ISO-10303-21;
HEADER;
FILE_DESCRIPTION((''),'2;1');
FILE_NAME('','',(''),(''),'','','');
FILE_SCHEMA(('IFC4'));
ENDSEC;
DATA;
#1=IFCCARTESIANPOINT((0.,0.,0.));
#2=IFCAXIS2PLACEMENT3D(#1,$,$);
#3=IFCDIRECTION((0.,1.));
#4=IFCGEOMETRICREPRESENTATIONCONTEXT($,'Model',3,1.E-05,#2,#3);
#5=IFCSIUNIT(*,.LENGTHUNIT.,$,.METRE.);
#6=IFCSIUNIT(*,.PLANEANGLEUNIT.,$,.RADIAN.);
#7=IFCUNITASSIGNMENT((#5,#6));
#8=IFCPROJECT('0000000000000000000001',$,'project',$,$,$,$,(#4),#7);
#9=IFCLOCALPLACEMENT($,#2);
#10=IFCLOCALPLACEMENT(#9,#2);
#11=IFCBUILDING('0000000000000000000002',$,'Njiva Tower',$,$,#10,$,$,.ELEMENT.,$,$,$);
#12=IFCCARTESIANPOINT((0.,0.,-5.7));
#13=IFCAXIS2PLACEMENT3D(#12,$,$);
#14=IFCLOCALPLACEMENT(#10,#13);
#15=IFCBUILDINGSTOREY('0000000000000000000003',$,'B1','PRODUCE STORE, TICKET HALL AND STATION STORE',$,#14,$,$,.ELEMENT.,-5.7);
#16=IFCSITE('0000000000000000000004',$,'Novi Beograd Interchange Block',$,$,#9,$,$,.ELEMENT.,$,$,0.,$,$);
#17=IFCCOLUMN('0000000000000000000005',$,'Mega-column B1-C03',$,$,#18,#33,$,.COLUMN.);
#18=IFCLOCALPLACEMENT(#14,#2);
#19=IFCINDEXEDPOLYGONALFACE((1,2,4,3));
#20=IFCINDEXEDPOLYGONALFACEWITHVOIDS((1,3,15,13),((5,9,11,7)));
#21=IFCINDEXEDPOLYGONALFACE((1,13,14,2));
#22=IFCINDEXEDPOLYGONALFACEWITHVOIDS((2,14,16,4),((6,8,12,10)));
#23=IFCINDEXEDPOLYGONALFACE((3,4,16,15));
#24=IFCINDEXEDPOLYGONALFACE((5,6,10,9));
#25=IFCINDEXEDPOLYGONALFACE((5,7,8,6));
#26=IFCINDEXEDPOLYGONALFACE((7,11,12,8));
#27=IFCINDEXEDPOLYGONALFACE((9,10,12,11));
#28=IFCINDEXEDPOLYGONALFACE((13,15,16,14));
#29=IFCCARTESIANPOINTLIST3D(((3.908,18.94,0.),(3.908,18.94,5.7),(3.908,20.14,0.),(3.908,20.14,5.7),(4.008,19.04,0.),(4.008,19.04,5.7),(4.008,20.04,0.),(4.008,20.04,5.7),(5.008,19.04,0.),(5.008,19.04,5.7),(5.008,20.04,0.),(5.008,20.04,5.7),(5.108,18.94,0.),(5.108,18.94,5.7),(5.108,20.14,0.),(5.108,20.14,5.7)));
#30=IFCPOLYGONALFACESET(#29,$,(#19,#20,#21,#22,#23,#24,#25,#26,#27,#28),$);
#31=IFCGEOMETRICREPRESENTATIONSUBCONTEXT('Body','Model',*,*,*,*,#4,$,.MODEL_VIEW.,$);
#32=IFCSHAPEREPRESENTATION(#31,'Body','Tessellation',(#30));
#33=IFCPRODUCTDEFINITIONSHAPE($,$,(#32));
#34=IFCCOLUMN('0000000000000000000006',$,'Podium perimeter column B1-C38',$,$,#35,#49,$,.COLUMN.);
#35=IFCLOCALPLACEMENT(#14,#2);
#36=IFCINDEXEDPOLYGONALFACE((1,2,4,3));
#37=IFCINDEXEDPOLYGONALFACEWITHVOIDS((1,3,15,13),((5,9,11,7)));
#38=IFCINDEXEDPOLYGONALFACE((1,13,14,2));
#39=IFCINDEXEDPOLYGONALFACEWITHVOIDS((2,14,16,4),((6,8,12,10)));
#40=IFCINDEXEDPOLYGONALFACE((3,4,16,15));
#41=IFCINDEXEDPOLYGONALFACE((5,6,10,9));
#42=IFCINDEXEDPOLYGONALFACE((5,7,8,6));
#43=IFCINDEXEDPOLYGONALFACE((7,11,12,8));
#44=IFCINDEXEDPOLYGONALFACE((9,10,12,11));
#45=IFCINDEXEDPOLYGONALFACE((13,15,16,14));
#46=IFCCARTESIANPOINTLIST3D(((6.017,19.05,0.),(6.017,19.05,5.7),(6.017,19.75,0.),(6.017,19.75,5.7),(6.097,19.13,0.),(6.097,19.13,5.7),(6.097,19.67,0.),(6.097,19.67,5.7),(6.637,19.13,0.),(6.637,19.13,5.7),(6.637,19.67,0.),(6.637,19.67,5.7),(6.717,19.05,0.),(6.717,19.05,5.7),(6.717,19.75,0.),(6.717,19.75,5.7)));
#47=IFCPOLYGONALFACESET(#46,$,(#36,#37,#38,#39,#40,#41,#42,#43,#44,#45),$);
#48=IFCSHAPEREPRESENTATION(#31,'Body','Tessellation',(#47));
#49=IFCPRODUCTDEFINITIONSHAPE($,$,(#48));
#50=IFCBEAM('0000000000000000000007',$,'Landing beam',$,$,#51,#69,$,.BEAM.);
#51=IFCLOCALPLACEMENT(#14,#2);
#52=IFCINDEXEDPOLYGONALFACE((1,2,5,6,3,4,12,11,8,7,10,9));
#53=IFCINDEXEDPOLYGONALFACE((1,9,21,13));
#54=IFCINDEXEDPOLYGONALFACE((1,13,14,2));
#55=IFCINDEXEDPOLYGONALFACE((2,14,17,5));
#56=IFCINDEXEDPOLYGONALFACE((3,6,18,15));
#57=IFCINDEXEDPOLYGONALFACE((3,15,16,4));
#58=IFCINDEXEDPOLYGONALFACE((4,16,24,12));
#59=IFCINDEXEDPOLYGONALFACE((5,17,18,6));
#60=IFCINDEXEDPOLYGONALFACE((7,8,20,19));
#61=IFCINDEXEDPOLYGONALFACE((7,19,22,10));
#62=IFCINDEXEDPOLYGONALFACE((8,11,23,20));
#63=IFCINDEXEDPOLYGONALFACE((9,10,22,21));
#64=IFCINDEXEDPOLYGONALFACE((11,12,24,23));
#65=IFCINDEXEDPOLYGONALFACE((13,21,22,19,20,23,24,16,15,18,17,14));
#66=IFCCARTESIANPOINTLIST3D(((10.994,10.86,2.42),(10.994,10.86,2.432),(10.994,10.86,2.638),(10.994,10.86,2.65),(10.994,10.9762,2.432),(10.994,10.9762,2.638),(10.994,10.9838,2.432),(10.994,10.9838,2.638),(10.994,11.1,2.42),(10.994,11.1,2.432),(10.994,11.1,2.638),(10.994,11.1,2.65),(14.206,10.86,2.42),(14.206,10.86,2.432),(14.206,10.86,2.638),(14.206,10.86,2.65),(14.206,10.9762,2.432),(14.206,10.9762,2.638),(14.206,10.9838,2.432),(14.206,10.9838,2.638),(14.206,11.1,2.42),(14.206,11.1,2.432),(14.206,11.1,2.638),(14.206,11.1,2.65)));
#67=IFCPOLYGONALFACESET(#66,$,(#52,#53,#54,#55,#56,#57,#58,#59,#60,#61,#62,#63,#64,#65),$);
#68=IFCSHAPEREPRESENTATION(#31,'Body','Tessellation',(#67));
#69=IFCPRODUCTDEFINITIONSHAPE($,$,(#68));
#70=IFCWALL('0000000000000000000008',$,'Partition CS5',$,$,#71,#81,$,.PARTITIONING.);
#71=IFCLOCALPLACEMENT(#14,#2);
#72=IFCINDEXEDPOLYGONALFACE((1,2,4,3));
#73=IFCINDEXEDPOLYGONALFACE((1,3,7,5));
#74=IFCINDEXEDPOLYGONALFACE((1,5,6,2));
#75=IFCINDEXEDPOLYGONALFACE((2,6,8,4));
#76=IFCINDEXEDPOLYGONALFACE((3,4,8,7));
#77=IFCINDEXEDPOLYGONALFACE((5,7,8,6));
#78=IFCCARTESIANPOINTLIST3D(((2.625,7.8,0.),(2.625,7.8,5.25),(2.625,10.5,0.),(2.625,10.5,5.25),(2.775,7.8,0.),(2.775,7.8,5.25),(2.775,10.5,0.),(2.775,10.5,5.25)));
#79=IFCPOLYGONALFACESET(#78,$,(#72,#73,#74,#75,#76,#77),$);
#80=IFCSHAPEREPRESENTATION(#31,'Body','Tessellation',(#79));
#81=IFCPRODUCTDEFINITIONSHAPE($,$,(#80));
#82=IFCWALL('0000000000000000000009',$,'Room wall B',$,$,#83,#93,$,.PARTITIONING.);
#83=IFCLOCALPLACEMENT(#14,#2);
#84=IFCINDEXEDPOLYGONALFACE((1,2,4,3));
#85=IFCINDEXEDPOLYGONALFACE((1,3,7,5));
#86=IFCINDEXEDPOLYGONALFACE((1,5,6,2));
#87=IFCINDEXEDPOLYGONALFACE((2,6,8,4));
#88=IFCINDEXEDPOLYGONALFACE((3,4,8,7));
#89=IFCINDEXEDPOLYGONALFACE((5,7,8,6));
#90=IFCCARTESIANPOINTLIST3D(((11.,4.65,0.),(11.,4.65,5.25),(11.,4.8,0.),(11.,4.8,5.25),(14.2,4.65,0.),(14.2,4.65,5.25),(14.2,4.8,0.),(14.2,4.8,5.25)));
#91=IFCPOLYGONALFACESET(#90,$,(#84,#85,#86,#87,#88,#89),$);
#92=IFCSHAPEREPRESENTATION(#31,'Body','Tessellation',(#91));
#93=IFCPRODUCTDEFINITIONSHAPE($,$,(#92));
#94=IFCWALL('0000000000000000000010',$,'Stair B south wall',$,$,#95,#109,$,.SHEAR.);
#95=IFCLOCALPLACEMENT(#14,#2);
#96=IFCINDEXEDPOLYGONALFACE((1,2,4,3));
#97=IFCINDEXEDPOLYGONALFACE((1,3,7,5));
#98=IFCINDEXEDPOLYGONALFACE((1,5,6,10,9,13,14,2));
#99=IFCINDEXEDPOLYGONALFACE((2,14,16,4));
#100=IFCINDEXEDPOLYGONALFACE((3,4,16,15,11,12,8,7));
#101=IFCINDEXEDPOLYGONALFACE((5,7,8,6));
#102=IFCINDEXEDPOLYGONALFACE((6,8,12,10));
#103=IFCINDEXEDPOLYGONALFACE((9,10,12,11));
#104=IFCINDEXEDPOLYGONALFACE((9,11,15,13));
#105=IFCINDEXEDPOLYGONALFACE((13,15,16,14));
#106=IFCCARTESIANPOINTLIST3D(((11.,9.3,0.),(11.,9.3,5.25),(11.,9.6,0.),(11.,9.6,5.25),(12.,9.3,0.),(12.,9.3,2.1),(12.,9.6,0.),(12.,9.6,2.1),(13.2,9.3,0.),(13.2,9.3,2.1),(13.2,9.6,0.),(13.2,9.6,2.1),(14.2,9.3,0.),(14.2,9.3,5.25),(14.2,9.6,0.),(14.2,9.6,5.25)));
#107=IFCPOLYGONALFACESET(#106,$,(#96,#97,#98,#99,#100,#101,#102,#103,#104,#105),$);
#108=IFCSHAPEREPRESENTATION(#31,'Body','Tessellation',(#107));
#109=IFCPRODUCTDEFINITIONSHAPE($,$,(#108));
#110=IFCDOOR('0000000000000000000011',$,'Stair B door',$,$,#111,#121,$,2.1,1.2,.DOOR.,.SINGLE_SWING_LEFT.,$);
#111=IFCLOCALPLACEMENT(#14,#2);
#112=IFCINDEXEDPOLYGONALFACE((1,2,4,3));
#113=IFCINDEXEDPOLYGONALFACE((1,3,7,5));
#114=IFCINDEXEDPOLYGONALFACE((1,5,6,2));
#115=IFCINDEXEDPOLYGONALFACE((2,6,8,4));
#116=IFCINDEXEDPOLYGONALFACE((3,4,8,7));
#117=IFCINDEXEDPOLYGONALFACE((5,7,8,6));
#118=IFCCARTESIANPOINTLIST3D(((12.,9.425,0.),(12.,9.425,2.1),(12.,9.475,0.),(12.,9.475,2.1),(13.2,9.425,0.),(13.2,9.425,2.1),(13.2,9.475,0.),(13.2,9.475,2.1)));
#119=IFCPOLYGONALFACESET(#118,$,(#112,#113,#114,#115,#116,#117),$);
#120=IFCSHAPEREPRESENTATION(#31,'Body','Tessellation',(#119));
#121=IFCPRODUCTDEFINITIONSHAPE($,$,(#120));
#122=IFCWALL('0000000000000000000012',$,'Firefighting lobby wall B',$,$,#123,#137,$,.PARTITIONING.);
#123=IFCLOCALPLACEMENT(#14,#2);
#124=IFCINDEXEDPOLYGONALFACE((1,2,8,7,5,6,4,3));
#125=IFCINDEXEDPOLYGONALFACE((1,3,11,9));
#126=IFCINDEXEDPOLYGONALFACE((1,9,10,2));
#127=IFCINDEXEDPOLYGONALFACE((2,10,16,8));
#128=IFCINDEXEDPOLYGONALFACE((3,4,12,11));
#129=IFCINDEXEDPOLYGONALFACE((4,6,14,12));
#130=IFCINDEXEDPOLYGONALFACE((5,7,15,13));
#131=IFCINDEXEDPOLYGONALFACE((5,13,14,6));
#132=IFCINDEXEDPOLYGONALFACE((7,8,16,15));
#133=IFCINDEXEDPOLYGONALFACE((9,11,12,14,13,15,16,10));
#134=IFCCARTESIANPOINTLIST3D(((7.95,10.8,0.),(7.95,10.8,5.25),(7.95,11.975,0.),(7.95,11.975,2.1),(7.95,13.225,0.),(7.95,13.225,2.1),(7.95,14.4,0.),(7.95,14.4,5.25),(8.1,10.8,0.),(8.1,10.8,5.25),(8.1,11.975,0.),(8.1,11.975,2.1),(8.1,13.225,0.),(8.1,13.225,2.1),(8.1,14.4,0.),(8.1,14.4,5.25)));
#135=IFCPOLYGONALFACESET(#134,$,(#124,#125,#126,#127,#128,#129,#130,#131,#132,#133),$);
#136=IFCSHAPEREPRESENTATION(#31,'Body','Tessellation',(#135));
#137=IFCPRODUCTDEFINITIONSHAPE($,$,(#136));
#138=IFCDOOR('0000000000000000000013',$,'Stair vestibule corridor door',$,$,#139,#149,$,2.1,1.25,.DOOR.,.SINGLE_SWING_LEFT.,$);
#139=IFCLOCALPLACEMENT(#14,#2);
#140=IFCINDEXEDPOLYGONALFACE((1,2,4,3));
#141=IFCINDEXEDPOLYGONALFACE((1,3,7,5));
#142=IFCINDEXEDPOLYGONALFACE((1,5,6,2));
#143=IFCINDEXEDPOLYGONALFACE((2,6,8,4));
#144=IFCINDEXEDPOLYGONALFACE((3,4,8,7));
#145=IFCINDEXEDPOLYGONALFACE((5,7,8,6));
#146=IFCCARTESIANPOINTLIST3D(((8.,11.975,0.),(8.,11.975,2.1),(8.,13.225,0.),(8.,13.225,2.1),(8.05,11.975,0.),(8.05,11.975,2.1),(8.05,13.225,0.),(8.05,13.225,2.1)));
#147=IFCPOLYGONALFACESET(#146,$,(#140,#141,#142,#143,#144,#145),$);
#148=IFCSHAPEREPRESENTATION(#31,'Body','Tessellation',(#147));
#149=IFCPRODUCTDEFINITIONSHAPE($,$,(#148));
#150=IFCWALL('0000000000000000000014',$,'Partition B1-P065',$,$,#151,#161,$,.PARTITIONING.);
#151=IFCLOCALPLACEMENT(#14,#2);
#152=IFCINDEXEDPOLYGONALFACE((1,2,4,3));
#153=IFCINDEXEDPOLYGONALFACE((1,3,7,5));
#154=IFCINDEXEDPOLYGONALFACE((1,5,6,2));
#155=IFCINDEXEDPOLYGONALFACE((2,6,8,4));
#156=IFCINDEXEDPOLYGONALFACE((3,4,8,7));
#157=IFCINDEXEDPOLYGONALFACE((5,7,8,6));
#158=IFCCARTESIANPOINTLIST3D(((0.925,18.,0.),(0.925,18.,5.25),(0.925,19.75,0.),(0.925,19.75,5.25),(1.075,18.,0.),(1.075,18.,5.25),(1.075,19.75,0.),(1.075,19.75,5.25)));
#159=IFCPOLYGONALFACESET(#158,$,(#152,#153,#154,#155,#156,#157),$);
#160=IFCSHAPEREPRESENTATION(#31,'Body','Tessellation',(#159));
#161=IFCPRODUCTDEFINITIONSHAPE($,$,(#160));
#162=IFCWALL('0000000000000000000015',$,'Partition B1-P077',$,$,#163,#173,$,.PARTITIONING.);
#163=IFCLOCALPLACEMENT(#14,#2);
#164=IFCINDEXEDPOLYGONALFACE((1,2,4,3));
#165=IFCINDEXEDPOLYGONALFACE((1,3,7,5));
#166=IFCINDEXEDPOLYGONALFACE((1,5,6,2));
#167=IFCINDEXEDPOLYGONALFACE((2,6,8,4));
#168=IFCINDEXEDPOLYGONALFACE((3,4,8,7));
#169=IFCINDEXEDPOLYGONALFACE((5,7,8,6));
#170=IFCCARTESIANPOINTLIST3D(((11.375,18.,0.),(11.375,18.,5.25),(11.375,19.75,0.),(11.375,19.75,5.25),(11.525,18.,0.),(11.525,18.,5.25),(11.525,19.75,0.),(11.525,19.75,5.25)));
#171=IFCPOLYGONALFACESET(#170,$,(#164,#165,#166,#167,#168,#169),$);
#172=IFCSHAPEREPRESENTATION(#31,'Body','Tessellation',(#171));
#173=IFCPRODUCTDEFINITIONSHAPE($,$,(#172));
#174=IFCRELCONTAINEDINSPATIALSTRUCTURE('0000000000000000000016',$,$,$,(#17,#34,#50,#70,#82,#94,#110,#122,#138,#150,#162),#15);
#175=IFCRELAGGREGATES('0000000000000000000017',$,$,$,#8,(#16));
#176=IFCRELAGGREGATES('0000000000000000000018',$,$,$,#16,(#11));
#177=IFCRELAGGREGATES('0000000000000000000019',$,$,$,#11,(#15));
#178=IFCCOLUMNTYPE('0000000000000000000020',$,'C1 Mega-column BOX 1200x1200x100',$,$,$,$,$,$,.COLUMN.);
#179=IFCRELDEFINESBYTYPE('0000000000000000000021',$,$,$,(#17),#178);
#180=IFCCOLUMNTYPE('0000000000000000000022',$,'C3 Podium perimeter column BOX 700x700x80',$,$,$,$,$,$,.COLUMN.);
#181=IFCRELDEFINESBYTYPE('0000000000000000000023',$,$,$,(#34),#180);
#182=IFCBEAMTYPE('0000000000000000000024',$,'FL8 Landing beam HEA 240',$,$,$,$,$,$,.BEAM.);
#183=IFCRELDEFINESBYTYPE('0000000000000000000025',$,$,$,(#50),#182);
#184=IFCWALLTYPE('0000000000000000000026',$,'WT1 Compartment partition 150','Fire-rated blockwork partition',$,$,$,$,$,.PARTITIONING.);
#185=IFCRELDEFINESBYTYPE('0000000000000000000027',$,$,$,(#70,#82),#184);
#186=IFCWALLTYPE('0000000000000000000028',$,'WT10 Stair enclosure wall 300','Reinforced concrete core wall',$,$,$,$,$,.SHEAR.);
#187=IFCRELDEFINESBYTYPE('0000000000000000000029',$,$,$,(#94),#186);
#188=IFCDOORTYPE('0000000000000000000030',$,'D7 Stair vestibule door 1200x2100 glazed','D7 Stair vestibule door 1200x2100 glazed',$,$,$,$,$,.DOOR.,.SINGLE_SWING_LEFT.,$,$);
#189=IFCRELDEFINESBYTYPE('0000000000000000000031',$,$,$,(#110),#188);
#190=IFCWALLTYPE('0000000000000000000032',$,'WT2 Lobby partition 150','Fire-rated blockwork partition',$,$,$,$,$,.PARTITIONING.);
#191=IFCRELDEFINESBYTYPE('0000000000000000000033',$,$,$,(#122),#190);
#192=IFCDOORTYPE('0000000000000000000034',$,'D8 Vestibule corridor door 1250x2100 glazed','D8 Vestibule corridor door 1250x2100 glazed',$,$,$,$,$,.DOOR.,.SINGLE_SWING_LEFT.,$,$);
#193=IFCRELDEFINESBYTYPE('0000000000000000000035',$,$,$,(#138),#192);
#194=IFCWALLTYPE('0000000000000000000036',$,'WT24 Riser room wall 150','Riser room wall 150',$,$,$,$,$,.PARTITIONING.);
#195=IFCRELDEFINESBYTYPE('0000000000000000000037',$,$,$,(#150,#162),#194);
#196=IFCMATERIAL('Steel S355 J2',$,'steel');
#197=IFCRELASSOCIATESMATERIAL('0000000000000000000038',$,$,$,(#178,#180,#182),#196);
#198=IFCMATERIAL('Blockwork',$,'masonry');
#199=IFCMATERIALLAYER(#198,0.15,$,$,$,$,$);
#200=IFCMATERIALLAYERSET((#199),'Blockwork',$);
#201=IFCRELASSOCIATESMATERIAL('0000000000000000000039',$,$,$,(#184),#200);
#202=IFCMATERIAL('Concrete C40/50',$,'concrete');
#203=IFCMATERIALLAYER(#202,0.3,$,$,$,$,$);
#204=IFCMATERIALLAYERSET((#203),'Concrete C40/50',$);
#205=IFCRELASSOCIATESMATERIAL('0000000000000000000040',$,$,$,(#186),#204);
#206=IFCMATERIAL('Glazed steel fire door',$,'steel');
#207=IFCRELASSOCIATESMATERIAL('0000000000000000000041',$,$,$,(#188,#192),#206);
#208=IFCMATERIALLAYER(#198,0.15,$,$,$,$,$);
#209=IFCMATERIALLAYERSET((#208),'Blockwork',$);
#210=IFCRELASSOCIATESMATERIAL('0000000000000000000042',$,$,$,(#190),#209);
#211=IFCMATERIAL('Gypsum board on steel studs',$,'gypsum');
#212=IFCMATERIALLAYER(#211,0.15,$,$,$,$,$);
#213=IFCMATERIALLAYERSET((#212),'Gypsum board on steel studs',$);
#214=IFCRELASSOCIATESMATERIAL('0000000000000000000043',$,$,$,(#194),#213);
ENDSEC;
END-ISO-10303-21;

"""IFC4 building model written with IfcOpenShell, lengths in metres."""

from ifc_helpers import new_model, si_unit, direction, frame, frame_2d, origin, origin_2d, place, context, subcontext, project, spatial, rectangle, hollow_rectangle, i_section, extrude, material, layer, layer_set, material_profile, profile_set, type_object, element, fill, save


model = new_model("IFC4")

# Units and contexts
model_context = context("Model", 3, precision=1e-05, world=origin(), true_north=direction((0.0, 1.0)))
body_context = subcontext(model_context, "Body", "Model", "MODEL_VIEW")
ifc_project = project(units=[si_unit("LENGTHUNIT", "METRE"), si_unit("PLANEANGLEUNIT", "RADIAN")], contexts=[model_context])

# Site, building, storey
site_placement = place(None, origin())
site = spatial("IfcSite", under=ifc_project, at=site_placement, Name="Novi Beograd Interchange Block", CompositionType="ELEMENT", RefElevation=0.0)
building_placement = place(site_placement, origin())
building = spatial("IfcBuilding", under=site, at=building_placement, Name="Njiva Tower", CompositionType="ELEMENT")
storey_placement = place(building_placement, frame((0.0, 0.0, -5.7)))
storey = spatial("IfcBuildingStorey", under=building, at=storey_placement, Name="B1", Description="PRODUCE STORE, TICKET HALL AND STATION STORE", CompositionType="ELEMENT", Elevation=-5.7)

# Columns
ifc_material_1 = material(Name="Steel S355 J2", Category="steel")
ifc_material_profile_1 = material_profile(ifc_material_1, hollow_rectangle(XDim=1.2, YDim=1.2, WallThickness=0.1, at=origin_2d()), Name="BOX 1200x1200x100")
ifc_profile_set_1 = profile_set([ifc_material_profile_1], Name="Steel S355 J2")
column_type_1 = type_object("IfcColumnType", Name="C1 Mega-column BOX 1200x1200x100", PredefinedType="COLUMN", material=ifc_profile_set_1)
column_1_placement = place(storey_placement, frame((4.508, 19.54, 0.0), z_axis=(0.0, 0.0, 1.0), x_axis=(-1.0, 0.0, 0.0)))
element("IfcColumn", 1, at=column_1_placement, inside=storey, type_object=column_type_1, Name="Mega-column B1-C03", PredefinedType="COLUMN", context=body_context, shape_type="SweptSolid", body=[
    extrude(hollow_rectangle(XDim=1.2, YDim=1.2, WallThickness=0.1, at=origin_2d()), origin(), (0.0, 0.0, 1.0), 5.7),
])
ifc_material_profile_2 = material_profile(ifc_material_1, hollow_rectangle(XDim=0.7, YDim=0.7, WallThickness=0.08, at=origin_2d()), Name="BOX 700x700x80")
ifc_profile_set_2 = profile_set([ifc_material_profile_2], Name="Steel S355 J2")
column_type_2 = type_object("IfcColumnType", Name="C3 Podium perimeter column BOX 700x700x80", PredefinedType="COLUMN", material=ifc_profile_set_2)
column_2_placement = place(storey_placement, frame((6.367, 19.4, 0.0), z_axis=(0.0, 0.0, 1.0), x_axis=(-1.0, 0.0, 0.0)))
element("IfcColumn", 2, at=column_2_placement, inside=storey, type_object=column_type_2, Name="Podium perimeter column B1-C38", PredefinedType="COLUMN", context=body_context, shape_type="SweptSolid", body=[
    extrude(hollow_rectangle(XDim=0.7, YDim=0.7, WallThickness=0.08, at=origin_2d()), origin(), (0.0, 0.0, 1.0), 5.7),
])

# Beam
ifc_material_profile_3 = material_profile(ifc_material_1, i_section(OverallWidth=0.24, OverallDepth=0.23, WebThickness=0.0075, FlangeThickness=0.012, at=origin_2d()), Name="HEA240")
ifc_profile_set_3 = profile_set([ifc_material_profile_3], Name="Steel S355 J2")
beam_type = type_object("IfcBeamType", Name="FL8 Landing beam HEA 240", PredefinedType="BEAM", material=ifc_profile_set_3)
beam_placement = place(storey_placement, frame((10.994, 10.98, 2.535), z_axis=(1.0, 0.0, 0.0), x_axis=(0.0, 1.0, 0.0)))
element("IfcBeam", 3, at=beam_placement, inside=storey, type_object=beam_type, Name="Landing beam", PredefinedType="BEAM", context=body_context, shape_type="SweptSolid", body=[
    extrude(i_section(OverallWidth=0.24, OverallDepth=0.23, WebThickness=0.0075, FlangeThickness=0.012, at=origin_2d()), origin(), (0.0, 0.0, 1.0), 3.212),
])

# Walls
ifc_material_2 = material(Name="Blockwork", Category="masonry")
ifc_layer_1 = layer(ifc_material_2, 0.15)
ifc_layer_set_1 = layer_set([ifc_layer_1], Name="Blockwork")
wall_type_1 = type_object("IfcWallType", Name="WT1 Compartment partition 150", Description="Fire-rated blockwork partition", PredefinedType="PARTITIONING", material=ifc_layer_set_1)
wall_1_placement = place(storey_placement, frame((2.7, 7.8, 0.0), z_axis=(0.0, 0.0, 1.0), x_axis=(0.0, 1.0, 0.0)))
element("IfcWall", 4, at=wall_1_placement, inside=storey, type_object=wall_type_1, Name="Partition CS5", PredefinedType="PARTITIONING", context=body_context, shape_type="SweptSolid", body=[
    extrude(rectangle(XDim=2.7, YDim=0.15, at=frame_2d((1.35, 0.0))), origin(), (0.0, 0.0, 1.0), 5.25),
])
wall_2_placement = place(storey_placement, frame((11.0, 4.725, 0.0), z_axis=(0.0, 0.0, 1.0), x_axis=(1.0, 0.0, 0.0)))
element("IfcWall", 5, at=wall_2_placement, inside=storey, type_object=wall_type_1, Name="Room wall B", PredefinedType="PARTITIONING", context=body_context, shape_type="SweptSolid", body=[
    extrude(rectangle(XDim=3.2, YDim=0.15, at=frame_2d((1.6, 0.0))), origin(), (0.0, 0.0, 1.0), 5.25),
])

# Walls, openings, doors
ifc_material_3 = material(Name="Concrete C40/50", Category="concrete")
ifc_layer_2 = layer(ifc_material_3, 0.3)
ifc_layer_set_2 = layer_set([ifc_layer_2], Name="Concrete C40/50")
wall_type_2 = type_object("IfcWallType", Name="WT10 Stair enclosure wall 300", Description="Reinforced concrete core wall", PredefinedType="SHEAR", material=ifc_layer_set_2)
wall_3_placement = place(storey_placement, frame((11.0, 9.45, 0.0), z_axis=(0.0, 0.0, 1.0), x_axis=(1.0, 0.0, 0.0)))
wall_3 = element("IfcWall", 6, at=wall_3_placement, inside=storey, type_object=wall_type_2, Name="Stair B south wall", PredefinedType="SHEAR", context=body_context, shape_type="SweptSolid", body=[
    extrude(rectangle(XDim=3.2, YDim=0.3, at=frame_2d((1.6, 0.0))), origin(), (0.0, 0.0, 1.0), 5.25),
])
opening_1_placement = place(wall_3_placement, frame((1.0, 0.0, 0.0)))
opening_1 = element("IfcOpeningElement", 7, at=opening_1_placement, cuts=wall_3, PredefinedType="OPENING", context=body_context, shape_type="SweptSolid", body=[
    extrude(rectangle(XDim=1.2, YDim=2.1, at=frame_2d((0.6, 1.05))), frame((0.0, 0.16, 0.0), z_axis=(0.0, -1.0, 0.0), x_axis=(1.0, 0.0, 0.0)), (0.0, 0.0, 1.0), 0.32),
])
ifc_material_4 = material(Name="Glazed steel fire door", Category="steel")
door_type_1 = type_object("IfcDoorType", Name="D7 Stair vestibule door 1200x2100 glazed", Description="D7 Stair vestibule door 1200x2100 glazed", OperationType="SINGLE_SWING_LEFT", PredefinedType="DOOR", material=ifc_material_4)
door_1_placement = place(opening_1_placement, origin())
door_1 = element("IfcDoor", 8, at=door_1_placement, inside=storey, type_object=door_type_1, Name="Stair B door", OperationType="SINGLE_SWING_LEFT", OverallHeight=2.1, OverallWidth=1.2, PredefinedType="DOOR", context=body_context, shape_type="SweptSolid", body=[
    extrude(rectangle(XDim=1.2, YDim=2.1, at=frame_2d((0.6, 1.05))), frame((0.0, 0.025, 0.0), z_axis=(0.0, -1.0, 0.0), x_axis=(1.0, 0.0, 0.0)), (0.0, 0.0, 1.0), 0.05),
])
fill(opening_1, door_1)
ifc_layer_3 = layer(ifc_material_2, 0.15)
ifc_layer_set_3 = layer_set([ifc_layer_3], Name="Blockwork")
wall_type_3 = type_object("IfcWallType", Name="WT2 Lobby partition 150", Description="Fire-rated blockwork partition", PredefinedType="PARTITIONING", material=ifc_layer_set_3)
wall_4_placement = place(storey_placement, frame((8.025, 10.8, 0.0), z_axis=(0.0, 0.0, 1.0), x_axis=(0.0, 1.0, 0.0)))
wall_4 = element("IfcWall", 9, at=wall_4_placement, inside=storey, type_object=wall_type_3, Name="Firefighting lobby wall B", PredefinedType="PARTITIONING", context=body_context, shape_type="SweptSolid", body=[
    extrude(rectangle(XDim=3.6, YDim=0.15, at=frame_2d((1.8, 0.0))), origin(), (0.0, 0.0, 1.0), 5.25),
])
opening_2_placement = place(wall_4_placement, frame((1.175, 0.0, 0.0)))
opening_2 = element("IfcOpeningElement", 10, at=opening_2_placement, cuts=wall_4, PredefinedType="OPENING", context=body_context, shape_type="SweptSolid", body=[
    extrude(rectangle(XDim=1.25, YDim=2.1, at=frame_2d((0.625, 1.05))), frame((0.0, 0.085, 0.0), z_axis=(0.0, -1.0, 0.0), x_axis=(1.0, 0.0, 0.0)), (0.0, 0.0, 1.0), 0.17),
])
door_type_2 = type_object("IfcDoorType", Name="D8 Vestibule corridor door 1250x2100 glazed", Description="D8 Vestibule corridor door 1250x2100 glazed", OperationType="SINGLE_SWING_LEFT", PredefinedType="DOOR", material=ifc_material_4)
door_2_placement = place(opening_2_placement, origin())
door_2 = element("IfcDoor", 11, at=door_2_placement, inside=storey, type_object=door_type_2, Name="Stair vestibule corridor door", OperationType="SINGLE_SWING_LEFT", OverallHeight=2.1, OverallWidth=1.25, PredefinedType="DOOR", context=body_context, shape_type="SweptSolid", body=[
    extrude(rectangle(XDim=1.25, YDim=2.1, at=frame_2d((0.625, 1.05))), frame((0.0, 0.025, 0.0), z_axis=(0.0, -1.0, 0.0), x_axis=(1.0, 0.0, 0.0)), (0.0, 0.0, 1.0), 0.05),
])
fill(opening_2, door_2)

# Walls
ifc_material_5 = material(Name="Gypsum board on steel studs", Category="gypsum")
ifc_layer_4 = layer(ifc_material_5, 0.15)
ifc_layer_set_4 = layer_set([ifc_layer_4], Name="Gypsum board on steel studs")
wall_type_4 = type_object("IfcWallType", Name="WT24 Riser room wall 150", Description="Riser room wall 150", PredefinedType="PARTITIONING", material=ifc_layer_set_4)
for number, where, z_axis, x_axis, name in (
    (12, (1.0, 18.0, 0.0), (0.0, 0.0, 1.0), (0.0, 1.0, 0.0), "Partition B1-P065"),
    (13, (11.45, 18.0, 0.0), (0.0, 0.0, 1.0), (0.0, 1.0, 0.0), "Partition B1-P077"),
):
    element("IfcWall", number, at=place(storey_placement, frame(where, z_axis=z_axis, x_axis=x_axis)), inside=storey, type_object=wall_type_4, Name=name, PredefinedType="PARTITIONING", context=body_context, shape_type="SweptSolid", body=[
        extrude(rectangle(XDim=1.75, YDim=0.15, at=frame_2d((0.875, 0.0))), origin(), (0.0, 0.0, 1.0), 5.25),
    ])

save(model, "model.ifc")
